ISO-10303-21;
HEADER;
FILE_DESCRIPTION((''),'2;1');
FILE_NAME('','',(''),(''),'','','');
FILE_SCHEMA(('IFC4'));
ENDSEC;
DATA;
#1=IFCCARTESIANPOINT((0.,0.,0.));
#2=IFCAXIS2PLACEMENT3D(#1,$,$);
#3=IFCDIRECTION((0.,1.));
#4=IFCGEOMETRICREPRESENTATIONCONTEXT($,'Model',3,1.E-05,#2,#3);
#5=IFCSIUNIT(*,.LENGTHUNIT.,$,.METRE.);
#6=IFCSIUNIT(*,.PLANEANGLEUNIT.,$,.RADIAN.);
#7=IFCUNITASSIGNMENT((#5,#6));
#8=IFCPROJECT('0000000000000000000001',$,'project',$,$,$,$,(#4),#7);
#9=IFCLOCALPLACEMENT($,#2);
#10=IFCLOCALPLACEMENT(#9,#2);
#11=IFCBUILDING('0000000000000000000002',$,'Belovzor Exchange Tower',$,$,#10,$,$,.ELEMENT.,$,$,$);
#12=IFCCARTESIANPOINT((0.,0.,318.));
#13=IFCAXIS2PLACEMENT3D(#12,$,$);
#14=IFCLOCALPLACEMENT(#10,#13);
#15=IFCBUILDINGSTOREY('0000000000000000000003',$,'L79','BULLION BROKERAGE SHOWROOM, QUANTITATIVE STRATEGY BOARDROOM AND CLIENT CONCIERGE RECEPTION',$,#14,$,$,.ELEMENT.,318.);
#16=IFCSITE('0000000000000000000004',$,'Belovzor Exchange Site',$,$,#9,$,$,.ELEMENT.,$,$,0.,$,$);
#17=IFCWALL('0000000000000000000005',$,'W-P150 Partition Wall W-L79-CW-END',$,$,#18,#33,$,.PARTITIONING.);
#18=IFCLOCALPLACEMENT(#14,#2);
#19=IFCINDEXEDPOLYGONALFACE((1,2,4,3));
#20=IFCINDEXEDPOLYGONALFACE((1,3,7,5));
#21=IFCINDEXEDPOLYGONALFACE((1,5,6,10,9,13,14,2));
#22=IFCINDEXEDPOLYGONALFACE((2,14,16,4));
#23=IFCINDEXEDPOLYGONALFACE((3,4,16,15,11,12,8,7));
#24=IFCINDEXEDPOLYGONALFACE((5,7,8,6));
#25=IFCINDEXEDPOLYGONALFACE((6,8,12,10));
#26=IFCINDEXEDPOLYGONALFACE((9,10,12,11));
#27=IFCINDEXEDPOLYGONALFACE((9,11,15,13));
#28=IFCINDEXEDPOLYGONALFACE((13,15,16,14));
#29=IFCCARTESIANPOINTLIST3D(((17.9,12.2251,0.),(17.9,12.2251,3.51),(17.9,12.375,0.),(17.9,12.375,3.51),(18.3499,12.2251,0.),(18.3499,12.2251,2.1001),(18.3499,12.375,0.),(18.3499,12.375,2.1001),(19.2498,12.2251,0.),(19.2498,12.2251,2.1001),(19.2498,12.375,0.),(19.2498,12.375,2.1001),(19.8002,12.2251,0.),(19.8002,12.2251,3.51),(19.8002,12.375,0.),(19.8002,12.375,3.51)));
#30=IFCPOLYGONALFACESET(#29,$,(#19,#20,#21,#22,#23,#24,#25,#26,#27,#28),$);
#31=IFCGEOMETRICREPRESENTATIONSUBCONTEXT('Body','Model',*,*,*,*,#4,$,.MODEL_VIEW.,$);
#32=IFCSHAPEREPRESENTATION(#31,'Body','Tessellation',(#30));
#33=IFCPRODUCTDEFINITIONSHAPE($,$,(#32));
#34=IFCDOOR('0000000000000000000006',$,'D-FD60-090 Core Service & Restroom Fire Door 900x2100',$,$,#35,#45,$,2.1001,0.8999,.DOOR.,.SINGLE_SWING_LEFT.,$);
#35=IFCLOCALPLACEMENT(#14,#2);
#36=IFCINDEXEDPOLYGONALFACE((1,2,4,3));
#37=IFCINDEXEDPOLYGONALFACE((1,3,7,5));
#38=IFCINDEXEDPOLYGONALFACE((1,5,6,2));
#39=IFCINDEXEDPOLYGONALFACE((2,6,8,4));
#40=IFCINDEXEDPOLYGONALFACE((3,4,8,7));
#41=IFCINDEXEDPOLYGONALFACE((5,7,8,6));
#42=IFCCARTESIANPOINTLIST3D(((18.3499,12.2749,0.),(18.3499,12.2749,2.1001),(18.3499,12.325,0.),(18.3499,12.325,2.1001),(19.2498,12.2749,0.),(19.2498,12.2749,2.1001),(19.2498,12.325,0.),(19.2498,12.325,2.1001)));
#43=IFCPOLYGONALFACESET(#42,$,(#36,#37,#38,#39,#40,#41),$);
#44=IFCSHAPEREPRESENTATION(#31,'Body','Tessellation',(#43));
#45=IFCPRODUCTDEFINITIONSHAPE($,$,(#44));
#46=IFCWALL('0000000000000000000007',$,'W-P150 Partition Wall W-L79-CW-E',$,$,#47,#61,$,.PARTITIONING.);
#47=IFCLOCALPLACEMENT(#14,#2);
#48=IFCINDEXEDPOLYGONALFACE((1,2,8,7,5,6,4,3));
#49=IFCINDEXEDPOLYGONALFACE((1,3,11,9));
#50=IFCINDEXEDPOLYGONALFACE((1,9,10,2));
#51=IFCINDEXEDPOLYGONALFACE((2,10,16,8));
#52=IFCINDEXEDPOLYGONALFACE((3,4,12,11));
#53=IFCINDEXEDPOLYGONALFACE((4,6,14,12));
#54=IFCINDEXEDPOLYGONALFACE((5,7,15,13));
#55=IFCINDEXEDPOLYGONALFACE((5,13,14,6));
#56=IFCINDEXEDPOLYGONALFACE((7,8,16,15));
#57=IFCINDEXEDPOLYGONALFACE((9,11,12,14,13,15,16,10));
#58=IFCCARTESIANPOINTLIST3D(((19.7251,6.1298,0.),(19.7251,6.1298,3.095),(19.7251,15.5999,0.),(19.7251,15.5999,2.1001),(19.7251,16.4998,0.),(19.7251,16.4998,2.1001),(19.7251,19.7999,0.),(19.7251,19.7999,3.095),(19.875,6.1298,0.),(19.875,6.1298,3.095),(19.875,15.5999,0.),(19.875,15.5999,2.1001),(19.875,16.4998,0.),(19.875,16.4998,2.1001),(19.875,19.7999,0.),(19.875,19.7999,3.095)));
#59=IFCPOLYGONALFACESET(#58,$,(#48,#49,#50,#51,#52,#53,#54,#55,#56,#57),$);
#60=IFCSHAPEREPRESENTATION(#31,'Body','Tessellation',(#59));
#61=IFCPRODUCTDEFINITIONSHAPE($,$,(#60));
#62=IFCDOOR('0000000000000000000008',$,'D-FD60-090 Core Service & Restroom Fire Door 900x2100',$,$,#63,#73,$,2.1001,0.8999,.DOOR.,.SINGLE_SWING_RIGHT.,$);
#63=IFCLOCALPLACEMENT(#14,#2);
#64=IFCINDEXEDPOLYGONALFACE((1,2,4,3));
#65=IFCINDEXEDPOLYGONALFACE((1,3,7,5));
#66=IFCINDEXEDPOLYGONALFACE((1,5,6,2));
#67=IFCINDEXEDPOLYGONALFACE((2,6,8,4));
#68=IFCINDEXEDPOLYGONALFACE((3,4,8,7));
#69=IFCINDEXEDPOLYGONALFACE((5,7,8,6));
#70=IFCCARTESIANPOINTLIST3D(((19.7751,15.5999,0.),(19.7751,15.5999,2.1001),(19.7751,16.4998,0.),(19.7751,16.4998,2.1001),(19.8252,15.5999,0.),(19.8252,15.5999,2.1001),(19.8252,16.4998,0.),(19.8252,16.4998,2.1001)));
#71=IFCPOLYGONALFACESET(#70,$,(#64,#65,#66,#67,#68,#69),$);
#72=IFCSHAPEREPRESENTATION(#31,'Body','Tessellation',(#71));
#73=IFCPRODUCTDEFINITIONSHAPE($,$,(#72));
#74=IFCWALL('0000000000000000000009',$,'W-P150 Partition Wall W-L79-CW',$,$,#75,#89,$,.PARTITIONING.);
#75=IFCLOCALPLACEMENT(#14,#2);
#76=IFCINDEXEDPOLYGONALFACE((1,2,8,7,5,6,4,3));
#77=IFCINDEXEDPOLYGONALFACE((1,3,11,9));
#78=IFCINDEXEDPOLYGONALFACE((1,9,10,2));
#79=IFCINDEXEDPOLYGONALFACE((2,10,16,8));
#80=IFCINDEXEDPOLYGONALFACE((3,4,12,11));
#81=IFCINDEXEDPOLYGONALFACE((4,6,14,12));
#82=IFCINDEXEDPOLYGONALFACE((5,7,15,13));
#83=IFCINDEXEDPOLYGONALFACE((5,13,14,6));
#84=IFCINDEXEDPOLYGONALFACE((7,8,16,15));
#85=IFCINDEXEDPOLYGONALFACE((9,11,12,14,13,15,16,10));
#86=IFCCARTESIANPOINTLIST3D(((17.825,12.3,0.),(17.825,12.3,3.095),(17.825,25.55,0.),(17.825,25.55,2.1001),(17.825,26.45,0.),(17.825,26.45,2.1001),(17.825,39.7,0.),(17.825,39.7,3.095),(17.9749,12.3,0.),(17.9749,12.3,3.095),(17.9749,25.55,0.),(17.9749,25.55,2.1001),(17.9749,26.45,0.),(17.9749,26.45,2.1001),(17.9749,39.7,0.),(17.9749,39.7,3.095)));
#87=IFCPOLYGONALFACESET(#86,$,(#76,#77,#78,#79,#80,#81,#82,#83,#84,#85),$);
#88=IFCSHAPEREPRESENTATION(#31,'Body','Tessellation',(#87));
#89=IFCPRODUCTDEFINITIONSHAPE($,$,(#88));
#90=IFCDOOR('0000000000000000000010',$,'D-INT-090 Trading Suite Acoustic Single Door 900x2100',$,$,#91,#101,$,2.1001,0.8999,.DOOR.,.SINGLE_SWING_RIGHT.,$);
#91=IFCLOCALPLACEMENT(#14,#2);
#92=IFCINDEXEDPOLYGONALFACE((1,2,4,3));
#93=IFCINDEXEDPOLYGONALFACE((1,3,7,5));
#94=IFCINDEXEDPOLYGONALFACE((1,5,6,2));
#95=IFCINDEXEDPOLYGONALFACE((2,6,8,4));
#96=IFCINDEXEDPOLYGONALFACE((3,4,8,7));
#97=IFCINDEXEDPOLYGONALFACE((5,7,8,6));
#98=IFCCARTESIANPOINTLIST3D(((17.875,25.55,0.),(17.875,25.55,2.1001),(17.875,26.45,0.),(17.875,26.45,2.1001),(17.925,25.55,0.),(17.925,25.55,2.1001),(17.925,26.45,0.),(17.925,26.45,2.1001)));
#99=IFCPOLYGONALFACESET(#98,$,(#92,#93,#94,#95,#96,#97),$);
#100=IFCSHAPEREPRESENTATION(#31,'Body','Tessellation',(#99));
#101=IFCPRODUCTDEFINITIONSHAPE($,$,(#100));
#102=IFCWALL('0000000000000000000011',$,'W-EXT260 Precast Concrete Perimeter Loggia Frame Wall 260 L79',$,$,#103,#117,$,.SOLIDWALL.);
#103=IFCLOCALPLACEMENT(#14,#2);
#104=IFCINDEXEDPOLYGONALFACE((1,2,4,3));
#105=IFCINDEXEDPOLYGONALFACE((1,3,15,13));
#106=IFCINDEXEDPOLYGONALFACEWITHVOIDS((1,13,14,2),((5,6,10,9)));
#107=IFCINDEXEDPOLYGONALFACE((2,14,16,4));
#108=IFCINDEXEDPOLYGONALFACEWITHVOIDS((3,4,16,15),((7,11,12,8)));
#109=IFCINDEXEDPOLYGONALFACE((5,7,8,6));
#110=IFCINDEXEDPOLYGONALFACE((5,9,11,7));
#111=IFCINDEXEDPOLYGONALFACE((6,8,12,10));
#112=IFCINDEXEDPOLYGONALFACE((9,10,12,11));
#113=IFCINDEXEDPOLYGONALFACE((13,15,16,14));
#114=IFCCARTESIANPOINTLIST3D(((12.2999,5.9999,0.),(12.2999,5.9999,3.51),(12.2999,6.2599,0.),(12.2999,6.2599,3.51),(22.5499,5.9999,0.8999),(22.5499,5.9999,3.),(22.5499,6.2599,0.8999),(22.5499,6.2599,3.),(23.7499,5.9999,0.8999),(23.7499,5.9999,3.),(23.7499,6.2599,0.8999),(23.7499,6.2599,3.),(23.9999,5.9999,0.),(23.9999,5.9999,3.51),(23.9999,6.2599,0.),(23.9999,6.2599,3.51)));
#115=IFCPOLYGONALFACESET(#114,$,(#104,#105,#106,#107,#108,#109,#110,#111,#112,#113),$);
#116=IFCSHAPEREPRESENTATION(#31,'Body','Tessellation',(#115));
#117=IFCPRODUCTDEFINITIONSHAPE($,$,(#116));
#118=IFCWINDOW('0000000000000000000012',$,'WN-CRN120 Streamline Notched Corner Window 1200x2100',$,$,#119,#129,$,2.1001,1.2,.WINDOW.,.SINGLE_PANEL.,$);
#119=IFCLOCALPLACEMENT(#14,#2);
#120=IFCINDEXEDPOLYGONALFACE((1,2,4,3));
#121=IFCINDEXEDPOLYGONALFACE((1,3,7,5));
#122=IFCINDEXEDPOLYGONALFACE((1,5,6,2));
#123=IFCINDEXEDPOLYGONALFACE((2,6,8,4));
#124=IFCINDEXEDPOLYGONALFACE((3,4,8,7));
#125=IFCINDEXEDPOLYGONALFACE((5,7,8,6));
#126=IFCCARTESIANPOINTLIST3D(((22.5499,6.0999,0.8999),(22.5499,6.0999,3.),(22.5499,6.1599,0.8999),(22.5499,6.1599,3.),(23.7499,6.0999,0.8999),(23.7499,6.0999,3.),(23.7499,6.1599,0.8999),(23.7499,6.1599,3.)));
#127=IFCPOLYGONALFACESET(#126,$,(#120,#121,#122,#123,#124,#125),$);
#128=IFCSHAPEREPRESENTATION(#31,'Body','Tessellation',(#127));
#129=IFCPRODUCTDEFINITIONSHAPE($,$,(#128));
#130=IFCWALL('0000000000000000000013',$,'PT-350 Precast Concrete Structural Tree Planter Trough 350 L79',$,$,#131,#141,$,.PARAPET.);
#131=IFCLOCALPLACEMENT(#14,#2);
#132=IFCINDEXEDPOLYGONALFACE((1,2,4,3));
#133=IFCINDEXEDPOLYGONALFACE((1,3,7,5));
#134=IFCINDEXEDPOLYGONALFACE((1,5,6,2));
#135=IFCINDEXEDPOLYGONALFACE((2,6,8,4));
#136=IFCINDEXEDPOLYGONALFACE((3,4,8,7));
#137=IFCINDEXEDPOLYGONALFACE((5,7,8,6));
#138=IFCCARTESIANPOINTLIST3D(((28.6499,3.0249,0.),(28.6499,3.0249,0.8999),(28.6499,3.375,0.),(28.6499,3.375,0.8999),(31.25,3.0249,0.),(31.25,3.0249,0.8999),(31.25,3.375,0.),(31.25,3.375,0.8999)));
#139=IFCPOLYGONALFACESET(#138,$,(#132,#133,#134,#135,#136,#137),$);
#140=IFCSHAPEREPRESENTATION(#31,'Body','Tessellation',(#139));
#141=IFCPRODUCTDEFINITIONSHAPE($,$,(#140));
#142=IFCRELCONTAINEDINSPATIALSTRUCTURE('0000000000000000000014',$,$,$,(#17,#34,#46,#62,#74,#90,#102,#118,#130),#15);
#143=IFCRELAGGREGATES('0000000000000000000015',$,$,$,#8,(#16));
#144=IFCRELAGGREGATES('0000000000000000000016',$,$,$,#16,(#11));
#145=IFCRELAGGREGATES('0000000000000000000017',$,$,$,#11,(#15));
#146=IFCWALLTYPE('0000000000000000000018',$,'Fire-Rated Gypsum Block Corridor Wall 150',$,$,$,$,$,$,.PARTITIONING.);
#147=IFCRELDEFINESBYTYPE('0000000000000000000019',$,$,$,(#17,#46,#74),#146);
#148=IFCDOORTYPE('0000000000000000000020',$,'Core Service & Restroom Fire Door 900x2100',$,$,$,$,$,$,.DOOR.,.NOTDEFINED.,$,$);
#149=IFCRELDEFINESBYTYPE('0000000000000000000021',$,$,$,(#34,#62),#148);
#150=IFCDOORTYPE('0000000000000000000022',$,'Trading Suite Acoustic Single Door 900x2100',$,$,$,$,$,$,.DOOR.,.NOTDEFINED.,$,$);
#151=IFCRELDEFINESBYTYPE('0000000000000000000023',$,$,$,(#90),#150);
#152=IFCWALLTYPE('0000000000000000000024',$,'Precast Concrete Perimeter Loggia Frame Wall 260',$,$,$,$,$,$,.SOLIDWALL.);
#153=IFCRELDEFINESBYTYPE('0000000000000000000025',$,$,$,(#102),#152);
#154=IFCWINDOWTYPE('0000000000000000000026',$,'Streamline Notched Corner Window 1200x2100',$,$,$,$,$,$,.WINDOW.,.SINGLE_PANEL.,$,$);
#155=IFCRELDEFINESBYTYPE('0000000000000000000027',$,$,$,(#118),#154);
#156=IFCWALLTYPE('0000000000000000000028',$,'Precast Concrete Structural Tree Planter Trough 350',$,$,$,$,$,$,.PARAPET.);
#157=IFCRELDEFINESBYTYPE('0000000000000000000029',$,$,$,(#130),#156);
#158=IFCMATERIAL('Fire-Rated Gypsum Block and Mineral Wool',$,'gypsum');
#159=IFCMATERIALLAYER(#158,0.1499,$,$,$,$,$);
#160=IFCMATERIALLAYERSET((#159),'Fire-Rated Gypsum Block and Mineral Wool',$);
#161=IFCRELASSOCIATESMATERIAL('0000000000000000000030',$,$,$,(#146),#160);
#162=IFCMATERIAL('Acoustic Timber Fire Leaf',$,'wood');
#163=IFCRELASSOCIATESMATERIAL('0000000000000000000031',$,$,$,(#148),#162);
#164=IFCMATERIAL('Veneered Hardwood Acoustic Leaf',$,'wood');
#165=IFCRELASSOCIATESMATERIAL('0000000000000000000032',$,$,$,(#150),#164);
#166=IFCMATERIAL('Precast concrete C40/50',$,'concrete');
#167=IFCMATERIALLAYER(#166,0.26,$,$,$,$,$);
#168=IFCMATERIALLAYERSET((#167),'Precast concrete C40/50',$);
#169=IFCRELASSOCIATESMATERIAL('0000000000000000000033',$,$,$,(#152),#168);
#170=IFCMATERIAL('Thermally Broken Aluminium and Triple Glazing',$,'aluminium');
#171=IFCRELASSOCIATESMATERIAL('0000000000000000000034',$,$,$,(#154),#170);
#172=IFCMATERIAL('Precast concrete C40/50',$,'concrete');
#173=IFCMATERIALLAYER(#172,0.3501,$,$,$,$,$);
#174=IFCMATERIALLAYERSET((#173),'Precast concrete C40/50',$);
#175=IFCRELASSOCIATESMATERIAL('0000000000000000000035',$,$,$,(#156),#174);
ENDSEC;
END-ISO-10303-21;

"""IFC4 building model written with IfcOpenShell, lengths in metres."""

from ifc_helpers import new_model, si_unit, direction, frame, frame_2d, origin, place, context, subcontext, project, spatial, rectangle, extrude, material, layer, layer_set, type_object, element, fill, save


model = new_model("IFC4")

# Units and contexts
model_context = context("Model", 3, precision=1e-05, world=origin(), true_north=direction((0.0, 1.0)))
body_context = subcontext(model_context, "Body", "Model", "MODEL_VIEW")
ifc_project = project(units=[si_unit("LENGTHUNIT", "METRE"), si_unit("PLANEANGLEUNIT", "RADIAN")], contexts=[model_context])

# Site, building, storey
site_placement = place(None, origin())
site = spatial("IfcSite", under=ifc_project, at=site_placement, Name="Belovzor Exchange Site", CompositionType="ELEMENT", RefElevation=0.0)
building_placement = place(site_placement, origin())
building = spatial("IfcBuilding", under=site, at=building_placement, Name="Belovzor Exchange Tower", CompositionType="ELEMENT")
storey_placement = place(building_placement, frame((0.0, 0.0, 318.0)))
storey = spatial("IfcBuildingStorey", under=building, at=storey_placement, Name="L79", Description="BULLION BROKERAGE SHOWROOM, QUANTITATIVE STRATEGY BOARDROOM AND CLIENT CONCIERGE RECEPTION", CompositionType="ELEMENT", Elevation=318.0)

# Walls, openings, doors
ifc_material_1 = material(Name="Fire-Rated Gypsum Block and Mineral Wool", Category="gypsum")
ifc_layer_1 = layer(ifc_material_1, 0.1499)
ifc_layer_set_1 = layer_set([ifc_layer_1], Name="Fire-Rated Gypsum Block and Mineral Wool")
wall_type_1 = type_object("IfcWallType", Name="Fire-Rated Gypsum Block Corridor Wall 150", PredefinedType="PARTITIONING", material=ifc_layer_set_1)
wall_1_placement = place(storey_placement, frame((17.8999, 12.3, 0.0), z_axis=(0.0, 0.0, 1.0), x_axis=(1.0, 0.0, 0.0)))
wall_1 = element("IfcWall", 1, at=wall_1_placement, inside=storey, type_object=wall_type_1, Name="W-P150 Partition Wall W-L79-CW-END", PredefinedType="PARTITIONING", context=body_context, shape_type="SweptSolid", body=[
    extrude(rectangle(XDim=1.9001, YDim=0.1499, at=frame_2d((0.9502, 0.0))), origin(), (0.0, 0.0, 1.0), 3.51),
])
opening_1_placement = place(wall_1_placement, frame((0.45, 0.0, 0.0)))
opening_1 = element("IfcOpeningElement", 2, at=opening_1_placement, cuts=wall_1, PredefinedType="OPENING", context=body_context, shape_type="SweptSolid", body=[
    extrude(rectangle(XDim=0.8999, YDim=2.1001, at=frame_2d((0.45, 1.05))), frame((0.0, 0.085, 0.0), z_axis=(0.0, -1.0, 0.0), x_axis=(1.0, 0.0, 0.0)), (0.0, 0.0, 1.0), 0.1699),
])
ifc_material_2 = material(Name="Acoustic Timber Fire Leaf", Category="wood")
door_type_1 = type_object("IfcDoorType", Name="Core Service & Restroom Fire Door 900x2100", OperationType="NOTDEFINED", PredefinedType="DOOR", material=ifc_material_2)
door_1_placement = place(opening_1_placement, origin())
door_1 = element("IfcDoor", 3, at=door_1_placement, inside=storey, type_object=door_type_1, Name="D-FD60-090 Core Service & Restroom Fire Door 900x2100", OperationType="SINGLE_SWING_LEFT", OverallHeight=2.1001, OverallWidth=0.8999, PredefinedType="DOOR", context=body_context, shape_type="SweptSolid", body=[
    extrude(rectangle(XDim=0.8999, YDim=2.1001, at=frame_2d((0.45, 1.05))), frame((0.0, 0.0249, 0.0), z_axis=(0.0, -1.0, 0.0), x_axis=(1.0, 0.0, 0.0)), (0.0, 0.0, 1.0), 0.05),
])
fill(opening_1, door_1)
wall_2_placement = place(storey_placement, frame((19.8, 6.1299, 0.0), z_axis=(0.0, 0.0, 1.0), x_axis=(0.0, 1.0, 0.0)))
wall_2 = element("IfcWall", 4, at=wall_2_placement, inside=storey, type_object=wall_type_1, Name="W-P150 Partition Wall W-L79-CW-E", PredefinedType="PARTITIONING", context=body_context, shape_type="SweptSolid", body=[
    extrude(rectangle(XDim=13.6702, YDim=0.1499, at=frame_2d((6.835, 0.0))), origin(), (0.0, 0.0, 1.0), 3.095),
])
opening_2_placement = place(wall_2_placement, frame((9.47, 0.0, 0.0)))
opening_2 = element("IfcOpeningElement", 5, at=opening_2_placement, cuts=wall_2, PredefinedType="OPENING", context=body_context, shape_type="SweptSolid", body=[
    extrude(rectangle(XDim=0.8999, YDim=2.1001, at=frame_2d((0.45, 1.05))), frame((0.0, 0.085, 0.0), z_axis=(0.0, -1.0, 0.0), x_axis=(1.0, 0.0, 0.0)), (0.0, 0.0, 1.0), 0.1699),
])
door_2_placement = place(opening_2_placement, origin())
door_2 = element("IfcDoor", 6, at=door_2_placement, inside=storey, type_object=door_type_1, Name="D-FD60-090 Core Service & Restroom Fire Door 900x2100", OperationType="SINGLE_SWING_RIGHT", OverallHeight=2.1001, OverallWidth=0.8999, PredefinedType="DOOR", context=body_context, shape_type="SweptSolid", body=[
    extrude(rectangle(XDim=0.8999, YDim=2.1001, at=frame_2d((0.45, 1.05))), frame((0.0, 0.0249, 0.0), z_axis=(0.0, -1.0, 0.0), x_axis=(1.0, 0.0, 0.0)), (0.0, 0.0, 1.0), 0.05),
])
fill(opening_2, door_2)
wall_3_placement = place(storey_placement, frame((17.8999, 12.3, 0.0), z_axis=(0.0, 0.0, 1.0), x_axis=(0.0, 1.0, 0.0)))
wall_3 = element("IfcWall", 7, at=wall_3_placement, inside=storey, type_object=wall_type_1, Name="W-P150 Partition Wall W-L79-CW", PredefinedType="PARTITIONING", context=body_context, shape_type="SweptSolid", body=[
    extrude(rectangle(XDim=27.3999, YDim=0.1499, at=frame_2d((13.7, 0.0))), origin(), (0.0, 0.0, 1.0), 3.095),
])
opening_3_placement = place(wall_3_placement, frame((13.25, 0.0, 0.0)))
opening_3 = element("IfcOpeningElement", 8, at=opening_3_placement, cuts=wall_3, PredefinedType="OPENING", context=body_context, shape_type="SweptSolid", body=[
    extrude(rectangle(XDim=0.8999, YDim=2.1001, at=frame_2d((0.45, 1.05))), frame((0.0, 0.085, 0.0), z_axis=(0.0, -1.0, 0.0), x_axis=(1.0, 0.0, 0.0)), (0.0, 0.0, 1.0), 0.1699),
])
ifc_material_3 = material(Name="Veneered Hardwood Acoustic Leaf", Category="wood")
door_type_2 = type_object("IfcDoorType", Name="Trading Suite Acoustic Single Door 900x2100", OperationType="NOTDEFINED", PredefinedType="DOOR", material=ifc_material_3)
door_3_placement = place(opening_3_placement, origin())
door_3 = element("IfcDoor", 9, at=door_3_placement, inside=storey, type_object=door_type_2, Name="D-INT-090 Trading Suite Acoustic Single Door 900x2100", OperationType="SINGLE_SWING_RIGHT", OverallHeight=2.1001, OverallWidth=0.8999, PredefinedType="DOOR", context=body_context, shape_type="SweptSolid", body=[
    extrude(rectangle(XDim=0.8999, YDim=2.1001, at=frame_2d((0.45, 1.05))), frame((0.0, 0.0249, 0.0), z_axis=(0.0, -1.0, 0.0), x_axis=(1.0, 0.0, 0.0)), (0.0, 0.0, 1.0), 0.05),
])
fill(opening_3, door_3)

# Wall, opening, window
ifc_material_4 = material(Name="Precast concrete C40/50", Category="concrete")
ifc_layer_2 = layer(ifc_material_4, 0.26)
ifc_layer_set_2 = layer_set([ifc_layer_2], Name="Precast concrete C40/50")
wall_type_2 = type_object("IfcWallType", Name="Precast Concrete Perimeter Loggia Frame Wall 260", PredefinedType="SOLIDWALL", material=ifc_layer_set_2)
wall_4_placement = place(storey_placement, frame((24.0, 6.1299, 0.0), z_axis=(0.0, 0.0, 1.0), x_axis=(-1.0, 0.0, 0.0)))
wall_4 = element("IfcWall", 10, at=wall_4_placement, inside=storey, type_object=wall_type_2, Name="W-EXT260 Precast Concrete Perimeter Loggia Frame Wall 260 L79", PredefinedType="SOLIDWALL", context=body_context, shape_type="SweptSolid", body=[
    extrude(rectangle(XDim=11.7, YDim=0.26, at=frame_2d((5.8501, 0.0))), origin(), (0.0, 0.0, 1.0), 3.51),
])
opening_4_placement = place(wall_4_placement, frame((0.25, 0.0, 0.8999)))
opening_4 = element("IfcOpeningElement", 11, at=opening_4_placement, cuts=wall_4, PredefinedType="OPENING", context=body_context, shape_type="SweptSolid", body=[
    extrude(rectangle(XDim=1.2, YDim=2.1001, at=frame_2d((0.6001, 1.05))), frame((0.0, 0.1399, 0.0), z_axis=(0.0, -1.0, 0.0), x_axis=(1.0, 0.0, 0.0)), (0.0, 0.0, 1.0), 0.28),
])
ifc_material_5 = material(Name="Thermally Broken Aluminium and Triple Glazing", Category="aluminium")
window_type = type_object("IfcWindowType", Name="Streamline Notched Corner Window 1200x2100", PartitioningType="SINGLE_PANEL", PredefinedType="WINDOW", material=ifc_material_5)
window_placement = place(opening_4_placement, origin())
window = element("IfcWindow", 12, at=window_placement, inside=storey, type_object=window_type, Name="WN-CRN120 Streamline Notched Corner Window 1200x2100", OverallHeight=2.1001, OverallWidth=1.2, PartitioningType="SINGLE_PANEL", PredefinedType="WINDOW", context=body_context, shape_type="SweptSolid", body=[
    extrude(rectangle(XDim=1.2, YDim=2.1001, at=frame_2d((0.6001, 1.05))), frame((0.0, 0.03, 0.0), z_axis=(0.0, -1.0, 0.0), x_axis=(1.0, 0.0, 0.0)), (0.0, 0.0, 1.0), 0.0601),
])
fill(opening_4, window)

# Wall
ifc_material_6 = material(Name="Precast concrete C40/50", Category="concrete")
ifc_layer_3 = layer(ifc_material_6, 0.3501)
ifc_layer_set_3 = layer_set([ifc_layer_3], Name="Precast concrete C40/50")
wall_type_3 = type_object("IfcWallType", Name="Precast Concrete Structural Tree Planter Trough 350", PredefinedType="PARAPET", material=ifc_layer_set_3)
wall_5_placement = place(storey_placement, frame((28.6499, 3.2, 0.0), z_axis=(0.0, 0.0, 1.0), x_axis=(1.0, 0.0, 0.0)))
element("IfcWall", 13, at=wall_5_placement, inside=storey, type_object=wall_type_3, Name="PT-350 Precast Concrete Structural Tree Planter Trough 350 L79", PredefinedType="PARAPET", context=body_context, shape_type="SweptSolid", body=[
    extrude(rectangle(XDim=2.6001, YDim=0.3501, at=frame_2d((1.3, 0.0))), origin(), (0.0, 0.0, 1.0), 0.8999),
])

save(model, "model.ifc")
